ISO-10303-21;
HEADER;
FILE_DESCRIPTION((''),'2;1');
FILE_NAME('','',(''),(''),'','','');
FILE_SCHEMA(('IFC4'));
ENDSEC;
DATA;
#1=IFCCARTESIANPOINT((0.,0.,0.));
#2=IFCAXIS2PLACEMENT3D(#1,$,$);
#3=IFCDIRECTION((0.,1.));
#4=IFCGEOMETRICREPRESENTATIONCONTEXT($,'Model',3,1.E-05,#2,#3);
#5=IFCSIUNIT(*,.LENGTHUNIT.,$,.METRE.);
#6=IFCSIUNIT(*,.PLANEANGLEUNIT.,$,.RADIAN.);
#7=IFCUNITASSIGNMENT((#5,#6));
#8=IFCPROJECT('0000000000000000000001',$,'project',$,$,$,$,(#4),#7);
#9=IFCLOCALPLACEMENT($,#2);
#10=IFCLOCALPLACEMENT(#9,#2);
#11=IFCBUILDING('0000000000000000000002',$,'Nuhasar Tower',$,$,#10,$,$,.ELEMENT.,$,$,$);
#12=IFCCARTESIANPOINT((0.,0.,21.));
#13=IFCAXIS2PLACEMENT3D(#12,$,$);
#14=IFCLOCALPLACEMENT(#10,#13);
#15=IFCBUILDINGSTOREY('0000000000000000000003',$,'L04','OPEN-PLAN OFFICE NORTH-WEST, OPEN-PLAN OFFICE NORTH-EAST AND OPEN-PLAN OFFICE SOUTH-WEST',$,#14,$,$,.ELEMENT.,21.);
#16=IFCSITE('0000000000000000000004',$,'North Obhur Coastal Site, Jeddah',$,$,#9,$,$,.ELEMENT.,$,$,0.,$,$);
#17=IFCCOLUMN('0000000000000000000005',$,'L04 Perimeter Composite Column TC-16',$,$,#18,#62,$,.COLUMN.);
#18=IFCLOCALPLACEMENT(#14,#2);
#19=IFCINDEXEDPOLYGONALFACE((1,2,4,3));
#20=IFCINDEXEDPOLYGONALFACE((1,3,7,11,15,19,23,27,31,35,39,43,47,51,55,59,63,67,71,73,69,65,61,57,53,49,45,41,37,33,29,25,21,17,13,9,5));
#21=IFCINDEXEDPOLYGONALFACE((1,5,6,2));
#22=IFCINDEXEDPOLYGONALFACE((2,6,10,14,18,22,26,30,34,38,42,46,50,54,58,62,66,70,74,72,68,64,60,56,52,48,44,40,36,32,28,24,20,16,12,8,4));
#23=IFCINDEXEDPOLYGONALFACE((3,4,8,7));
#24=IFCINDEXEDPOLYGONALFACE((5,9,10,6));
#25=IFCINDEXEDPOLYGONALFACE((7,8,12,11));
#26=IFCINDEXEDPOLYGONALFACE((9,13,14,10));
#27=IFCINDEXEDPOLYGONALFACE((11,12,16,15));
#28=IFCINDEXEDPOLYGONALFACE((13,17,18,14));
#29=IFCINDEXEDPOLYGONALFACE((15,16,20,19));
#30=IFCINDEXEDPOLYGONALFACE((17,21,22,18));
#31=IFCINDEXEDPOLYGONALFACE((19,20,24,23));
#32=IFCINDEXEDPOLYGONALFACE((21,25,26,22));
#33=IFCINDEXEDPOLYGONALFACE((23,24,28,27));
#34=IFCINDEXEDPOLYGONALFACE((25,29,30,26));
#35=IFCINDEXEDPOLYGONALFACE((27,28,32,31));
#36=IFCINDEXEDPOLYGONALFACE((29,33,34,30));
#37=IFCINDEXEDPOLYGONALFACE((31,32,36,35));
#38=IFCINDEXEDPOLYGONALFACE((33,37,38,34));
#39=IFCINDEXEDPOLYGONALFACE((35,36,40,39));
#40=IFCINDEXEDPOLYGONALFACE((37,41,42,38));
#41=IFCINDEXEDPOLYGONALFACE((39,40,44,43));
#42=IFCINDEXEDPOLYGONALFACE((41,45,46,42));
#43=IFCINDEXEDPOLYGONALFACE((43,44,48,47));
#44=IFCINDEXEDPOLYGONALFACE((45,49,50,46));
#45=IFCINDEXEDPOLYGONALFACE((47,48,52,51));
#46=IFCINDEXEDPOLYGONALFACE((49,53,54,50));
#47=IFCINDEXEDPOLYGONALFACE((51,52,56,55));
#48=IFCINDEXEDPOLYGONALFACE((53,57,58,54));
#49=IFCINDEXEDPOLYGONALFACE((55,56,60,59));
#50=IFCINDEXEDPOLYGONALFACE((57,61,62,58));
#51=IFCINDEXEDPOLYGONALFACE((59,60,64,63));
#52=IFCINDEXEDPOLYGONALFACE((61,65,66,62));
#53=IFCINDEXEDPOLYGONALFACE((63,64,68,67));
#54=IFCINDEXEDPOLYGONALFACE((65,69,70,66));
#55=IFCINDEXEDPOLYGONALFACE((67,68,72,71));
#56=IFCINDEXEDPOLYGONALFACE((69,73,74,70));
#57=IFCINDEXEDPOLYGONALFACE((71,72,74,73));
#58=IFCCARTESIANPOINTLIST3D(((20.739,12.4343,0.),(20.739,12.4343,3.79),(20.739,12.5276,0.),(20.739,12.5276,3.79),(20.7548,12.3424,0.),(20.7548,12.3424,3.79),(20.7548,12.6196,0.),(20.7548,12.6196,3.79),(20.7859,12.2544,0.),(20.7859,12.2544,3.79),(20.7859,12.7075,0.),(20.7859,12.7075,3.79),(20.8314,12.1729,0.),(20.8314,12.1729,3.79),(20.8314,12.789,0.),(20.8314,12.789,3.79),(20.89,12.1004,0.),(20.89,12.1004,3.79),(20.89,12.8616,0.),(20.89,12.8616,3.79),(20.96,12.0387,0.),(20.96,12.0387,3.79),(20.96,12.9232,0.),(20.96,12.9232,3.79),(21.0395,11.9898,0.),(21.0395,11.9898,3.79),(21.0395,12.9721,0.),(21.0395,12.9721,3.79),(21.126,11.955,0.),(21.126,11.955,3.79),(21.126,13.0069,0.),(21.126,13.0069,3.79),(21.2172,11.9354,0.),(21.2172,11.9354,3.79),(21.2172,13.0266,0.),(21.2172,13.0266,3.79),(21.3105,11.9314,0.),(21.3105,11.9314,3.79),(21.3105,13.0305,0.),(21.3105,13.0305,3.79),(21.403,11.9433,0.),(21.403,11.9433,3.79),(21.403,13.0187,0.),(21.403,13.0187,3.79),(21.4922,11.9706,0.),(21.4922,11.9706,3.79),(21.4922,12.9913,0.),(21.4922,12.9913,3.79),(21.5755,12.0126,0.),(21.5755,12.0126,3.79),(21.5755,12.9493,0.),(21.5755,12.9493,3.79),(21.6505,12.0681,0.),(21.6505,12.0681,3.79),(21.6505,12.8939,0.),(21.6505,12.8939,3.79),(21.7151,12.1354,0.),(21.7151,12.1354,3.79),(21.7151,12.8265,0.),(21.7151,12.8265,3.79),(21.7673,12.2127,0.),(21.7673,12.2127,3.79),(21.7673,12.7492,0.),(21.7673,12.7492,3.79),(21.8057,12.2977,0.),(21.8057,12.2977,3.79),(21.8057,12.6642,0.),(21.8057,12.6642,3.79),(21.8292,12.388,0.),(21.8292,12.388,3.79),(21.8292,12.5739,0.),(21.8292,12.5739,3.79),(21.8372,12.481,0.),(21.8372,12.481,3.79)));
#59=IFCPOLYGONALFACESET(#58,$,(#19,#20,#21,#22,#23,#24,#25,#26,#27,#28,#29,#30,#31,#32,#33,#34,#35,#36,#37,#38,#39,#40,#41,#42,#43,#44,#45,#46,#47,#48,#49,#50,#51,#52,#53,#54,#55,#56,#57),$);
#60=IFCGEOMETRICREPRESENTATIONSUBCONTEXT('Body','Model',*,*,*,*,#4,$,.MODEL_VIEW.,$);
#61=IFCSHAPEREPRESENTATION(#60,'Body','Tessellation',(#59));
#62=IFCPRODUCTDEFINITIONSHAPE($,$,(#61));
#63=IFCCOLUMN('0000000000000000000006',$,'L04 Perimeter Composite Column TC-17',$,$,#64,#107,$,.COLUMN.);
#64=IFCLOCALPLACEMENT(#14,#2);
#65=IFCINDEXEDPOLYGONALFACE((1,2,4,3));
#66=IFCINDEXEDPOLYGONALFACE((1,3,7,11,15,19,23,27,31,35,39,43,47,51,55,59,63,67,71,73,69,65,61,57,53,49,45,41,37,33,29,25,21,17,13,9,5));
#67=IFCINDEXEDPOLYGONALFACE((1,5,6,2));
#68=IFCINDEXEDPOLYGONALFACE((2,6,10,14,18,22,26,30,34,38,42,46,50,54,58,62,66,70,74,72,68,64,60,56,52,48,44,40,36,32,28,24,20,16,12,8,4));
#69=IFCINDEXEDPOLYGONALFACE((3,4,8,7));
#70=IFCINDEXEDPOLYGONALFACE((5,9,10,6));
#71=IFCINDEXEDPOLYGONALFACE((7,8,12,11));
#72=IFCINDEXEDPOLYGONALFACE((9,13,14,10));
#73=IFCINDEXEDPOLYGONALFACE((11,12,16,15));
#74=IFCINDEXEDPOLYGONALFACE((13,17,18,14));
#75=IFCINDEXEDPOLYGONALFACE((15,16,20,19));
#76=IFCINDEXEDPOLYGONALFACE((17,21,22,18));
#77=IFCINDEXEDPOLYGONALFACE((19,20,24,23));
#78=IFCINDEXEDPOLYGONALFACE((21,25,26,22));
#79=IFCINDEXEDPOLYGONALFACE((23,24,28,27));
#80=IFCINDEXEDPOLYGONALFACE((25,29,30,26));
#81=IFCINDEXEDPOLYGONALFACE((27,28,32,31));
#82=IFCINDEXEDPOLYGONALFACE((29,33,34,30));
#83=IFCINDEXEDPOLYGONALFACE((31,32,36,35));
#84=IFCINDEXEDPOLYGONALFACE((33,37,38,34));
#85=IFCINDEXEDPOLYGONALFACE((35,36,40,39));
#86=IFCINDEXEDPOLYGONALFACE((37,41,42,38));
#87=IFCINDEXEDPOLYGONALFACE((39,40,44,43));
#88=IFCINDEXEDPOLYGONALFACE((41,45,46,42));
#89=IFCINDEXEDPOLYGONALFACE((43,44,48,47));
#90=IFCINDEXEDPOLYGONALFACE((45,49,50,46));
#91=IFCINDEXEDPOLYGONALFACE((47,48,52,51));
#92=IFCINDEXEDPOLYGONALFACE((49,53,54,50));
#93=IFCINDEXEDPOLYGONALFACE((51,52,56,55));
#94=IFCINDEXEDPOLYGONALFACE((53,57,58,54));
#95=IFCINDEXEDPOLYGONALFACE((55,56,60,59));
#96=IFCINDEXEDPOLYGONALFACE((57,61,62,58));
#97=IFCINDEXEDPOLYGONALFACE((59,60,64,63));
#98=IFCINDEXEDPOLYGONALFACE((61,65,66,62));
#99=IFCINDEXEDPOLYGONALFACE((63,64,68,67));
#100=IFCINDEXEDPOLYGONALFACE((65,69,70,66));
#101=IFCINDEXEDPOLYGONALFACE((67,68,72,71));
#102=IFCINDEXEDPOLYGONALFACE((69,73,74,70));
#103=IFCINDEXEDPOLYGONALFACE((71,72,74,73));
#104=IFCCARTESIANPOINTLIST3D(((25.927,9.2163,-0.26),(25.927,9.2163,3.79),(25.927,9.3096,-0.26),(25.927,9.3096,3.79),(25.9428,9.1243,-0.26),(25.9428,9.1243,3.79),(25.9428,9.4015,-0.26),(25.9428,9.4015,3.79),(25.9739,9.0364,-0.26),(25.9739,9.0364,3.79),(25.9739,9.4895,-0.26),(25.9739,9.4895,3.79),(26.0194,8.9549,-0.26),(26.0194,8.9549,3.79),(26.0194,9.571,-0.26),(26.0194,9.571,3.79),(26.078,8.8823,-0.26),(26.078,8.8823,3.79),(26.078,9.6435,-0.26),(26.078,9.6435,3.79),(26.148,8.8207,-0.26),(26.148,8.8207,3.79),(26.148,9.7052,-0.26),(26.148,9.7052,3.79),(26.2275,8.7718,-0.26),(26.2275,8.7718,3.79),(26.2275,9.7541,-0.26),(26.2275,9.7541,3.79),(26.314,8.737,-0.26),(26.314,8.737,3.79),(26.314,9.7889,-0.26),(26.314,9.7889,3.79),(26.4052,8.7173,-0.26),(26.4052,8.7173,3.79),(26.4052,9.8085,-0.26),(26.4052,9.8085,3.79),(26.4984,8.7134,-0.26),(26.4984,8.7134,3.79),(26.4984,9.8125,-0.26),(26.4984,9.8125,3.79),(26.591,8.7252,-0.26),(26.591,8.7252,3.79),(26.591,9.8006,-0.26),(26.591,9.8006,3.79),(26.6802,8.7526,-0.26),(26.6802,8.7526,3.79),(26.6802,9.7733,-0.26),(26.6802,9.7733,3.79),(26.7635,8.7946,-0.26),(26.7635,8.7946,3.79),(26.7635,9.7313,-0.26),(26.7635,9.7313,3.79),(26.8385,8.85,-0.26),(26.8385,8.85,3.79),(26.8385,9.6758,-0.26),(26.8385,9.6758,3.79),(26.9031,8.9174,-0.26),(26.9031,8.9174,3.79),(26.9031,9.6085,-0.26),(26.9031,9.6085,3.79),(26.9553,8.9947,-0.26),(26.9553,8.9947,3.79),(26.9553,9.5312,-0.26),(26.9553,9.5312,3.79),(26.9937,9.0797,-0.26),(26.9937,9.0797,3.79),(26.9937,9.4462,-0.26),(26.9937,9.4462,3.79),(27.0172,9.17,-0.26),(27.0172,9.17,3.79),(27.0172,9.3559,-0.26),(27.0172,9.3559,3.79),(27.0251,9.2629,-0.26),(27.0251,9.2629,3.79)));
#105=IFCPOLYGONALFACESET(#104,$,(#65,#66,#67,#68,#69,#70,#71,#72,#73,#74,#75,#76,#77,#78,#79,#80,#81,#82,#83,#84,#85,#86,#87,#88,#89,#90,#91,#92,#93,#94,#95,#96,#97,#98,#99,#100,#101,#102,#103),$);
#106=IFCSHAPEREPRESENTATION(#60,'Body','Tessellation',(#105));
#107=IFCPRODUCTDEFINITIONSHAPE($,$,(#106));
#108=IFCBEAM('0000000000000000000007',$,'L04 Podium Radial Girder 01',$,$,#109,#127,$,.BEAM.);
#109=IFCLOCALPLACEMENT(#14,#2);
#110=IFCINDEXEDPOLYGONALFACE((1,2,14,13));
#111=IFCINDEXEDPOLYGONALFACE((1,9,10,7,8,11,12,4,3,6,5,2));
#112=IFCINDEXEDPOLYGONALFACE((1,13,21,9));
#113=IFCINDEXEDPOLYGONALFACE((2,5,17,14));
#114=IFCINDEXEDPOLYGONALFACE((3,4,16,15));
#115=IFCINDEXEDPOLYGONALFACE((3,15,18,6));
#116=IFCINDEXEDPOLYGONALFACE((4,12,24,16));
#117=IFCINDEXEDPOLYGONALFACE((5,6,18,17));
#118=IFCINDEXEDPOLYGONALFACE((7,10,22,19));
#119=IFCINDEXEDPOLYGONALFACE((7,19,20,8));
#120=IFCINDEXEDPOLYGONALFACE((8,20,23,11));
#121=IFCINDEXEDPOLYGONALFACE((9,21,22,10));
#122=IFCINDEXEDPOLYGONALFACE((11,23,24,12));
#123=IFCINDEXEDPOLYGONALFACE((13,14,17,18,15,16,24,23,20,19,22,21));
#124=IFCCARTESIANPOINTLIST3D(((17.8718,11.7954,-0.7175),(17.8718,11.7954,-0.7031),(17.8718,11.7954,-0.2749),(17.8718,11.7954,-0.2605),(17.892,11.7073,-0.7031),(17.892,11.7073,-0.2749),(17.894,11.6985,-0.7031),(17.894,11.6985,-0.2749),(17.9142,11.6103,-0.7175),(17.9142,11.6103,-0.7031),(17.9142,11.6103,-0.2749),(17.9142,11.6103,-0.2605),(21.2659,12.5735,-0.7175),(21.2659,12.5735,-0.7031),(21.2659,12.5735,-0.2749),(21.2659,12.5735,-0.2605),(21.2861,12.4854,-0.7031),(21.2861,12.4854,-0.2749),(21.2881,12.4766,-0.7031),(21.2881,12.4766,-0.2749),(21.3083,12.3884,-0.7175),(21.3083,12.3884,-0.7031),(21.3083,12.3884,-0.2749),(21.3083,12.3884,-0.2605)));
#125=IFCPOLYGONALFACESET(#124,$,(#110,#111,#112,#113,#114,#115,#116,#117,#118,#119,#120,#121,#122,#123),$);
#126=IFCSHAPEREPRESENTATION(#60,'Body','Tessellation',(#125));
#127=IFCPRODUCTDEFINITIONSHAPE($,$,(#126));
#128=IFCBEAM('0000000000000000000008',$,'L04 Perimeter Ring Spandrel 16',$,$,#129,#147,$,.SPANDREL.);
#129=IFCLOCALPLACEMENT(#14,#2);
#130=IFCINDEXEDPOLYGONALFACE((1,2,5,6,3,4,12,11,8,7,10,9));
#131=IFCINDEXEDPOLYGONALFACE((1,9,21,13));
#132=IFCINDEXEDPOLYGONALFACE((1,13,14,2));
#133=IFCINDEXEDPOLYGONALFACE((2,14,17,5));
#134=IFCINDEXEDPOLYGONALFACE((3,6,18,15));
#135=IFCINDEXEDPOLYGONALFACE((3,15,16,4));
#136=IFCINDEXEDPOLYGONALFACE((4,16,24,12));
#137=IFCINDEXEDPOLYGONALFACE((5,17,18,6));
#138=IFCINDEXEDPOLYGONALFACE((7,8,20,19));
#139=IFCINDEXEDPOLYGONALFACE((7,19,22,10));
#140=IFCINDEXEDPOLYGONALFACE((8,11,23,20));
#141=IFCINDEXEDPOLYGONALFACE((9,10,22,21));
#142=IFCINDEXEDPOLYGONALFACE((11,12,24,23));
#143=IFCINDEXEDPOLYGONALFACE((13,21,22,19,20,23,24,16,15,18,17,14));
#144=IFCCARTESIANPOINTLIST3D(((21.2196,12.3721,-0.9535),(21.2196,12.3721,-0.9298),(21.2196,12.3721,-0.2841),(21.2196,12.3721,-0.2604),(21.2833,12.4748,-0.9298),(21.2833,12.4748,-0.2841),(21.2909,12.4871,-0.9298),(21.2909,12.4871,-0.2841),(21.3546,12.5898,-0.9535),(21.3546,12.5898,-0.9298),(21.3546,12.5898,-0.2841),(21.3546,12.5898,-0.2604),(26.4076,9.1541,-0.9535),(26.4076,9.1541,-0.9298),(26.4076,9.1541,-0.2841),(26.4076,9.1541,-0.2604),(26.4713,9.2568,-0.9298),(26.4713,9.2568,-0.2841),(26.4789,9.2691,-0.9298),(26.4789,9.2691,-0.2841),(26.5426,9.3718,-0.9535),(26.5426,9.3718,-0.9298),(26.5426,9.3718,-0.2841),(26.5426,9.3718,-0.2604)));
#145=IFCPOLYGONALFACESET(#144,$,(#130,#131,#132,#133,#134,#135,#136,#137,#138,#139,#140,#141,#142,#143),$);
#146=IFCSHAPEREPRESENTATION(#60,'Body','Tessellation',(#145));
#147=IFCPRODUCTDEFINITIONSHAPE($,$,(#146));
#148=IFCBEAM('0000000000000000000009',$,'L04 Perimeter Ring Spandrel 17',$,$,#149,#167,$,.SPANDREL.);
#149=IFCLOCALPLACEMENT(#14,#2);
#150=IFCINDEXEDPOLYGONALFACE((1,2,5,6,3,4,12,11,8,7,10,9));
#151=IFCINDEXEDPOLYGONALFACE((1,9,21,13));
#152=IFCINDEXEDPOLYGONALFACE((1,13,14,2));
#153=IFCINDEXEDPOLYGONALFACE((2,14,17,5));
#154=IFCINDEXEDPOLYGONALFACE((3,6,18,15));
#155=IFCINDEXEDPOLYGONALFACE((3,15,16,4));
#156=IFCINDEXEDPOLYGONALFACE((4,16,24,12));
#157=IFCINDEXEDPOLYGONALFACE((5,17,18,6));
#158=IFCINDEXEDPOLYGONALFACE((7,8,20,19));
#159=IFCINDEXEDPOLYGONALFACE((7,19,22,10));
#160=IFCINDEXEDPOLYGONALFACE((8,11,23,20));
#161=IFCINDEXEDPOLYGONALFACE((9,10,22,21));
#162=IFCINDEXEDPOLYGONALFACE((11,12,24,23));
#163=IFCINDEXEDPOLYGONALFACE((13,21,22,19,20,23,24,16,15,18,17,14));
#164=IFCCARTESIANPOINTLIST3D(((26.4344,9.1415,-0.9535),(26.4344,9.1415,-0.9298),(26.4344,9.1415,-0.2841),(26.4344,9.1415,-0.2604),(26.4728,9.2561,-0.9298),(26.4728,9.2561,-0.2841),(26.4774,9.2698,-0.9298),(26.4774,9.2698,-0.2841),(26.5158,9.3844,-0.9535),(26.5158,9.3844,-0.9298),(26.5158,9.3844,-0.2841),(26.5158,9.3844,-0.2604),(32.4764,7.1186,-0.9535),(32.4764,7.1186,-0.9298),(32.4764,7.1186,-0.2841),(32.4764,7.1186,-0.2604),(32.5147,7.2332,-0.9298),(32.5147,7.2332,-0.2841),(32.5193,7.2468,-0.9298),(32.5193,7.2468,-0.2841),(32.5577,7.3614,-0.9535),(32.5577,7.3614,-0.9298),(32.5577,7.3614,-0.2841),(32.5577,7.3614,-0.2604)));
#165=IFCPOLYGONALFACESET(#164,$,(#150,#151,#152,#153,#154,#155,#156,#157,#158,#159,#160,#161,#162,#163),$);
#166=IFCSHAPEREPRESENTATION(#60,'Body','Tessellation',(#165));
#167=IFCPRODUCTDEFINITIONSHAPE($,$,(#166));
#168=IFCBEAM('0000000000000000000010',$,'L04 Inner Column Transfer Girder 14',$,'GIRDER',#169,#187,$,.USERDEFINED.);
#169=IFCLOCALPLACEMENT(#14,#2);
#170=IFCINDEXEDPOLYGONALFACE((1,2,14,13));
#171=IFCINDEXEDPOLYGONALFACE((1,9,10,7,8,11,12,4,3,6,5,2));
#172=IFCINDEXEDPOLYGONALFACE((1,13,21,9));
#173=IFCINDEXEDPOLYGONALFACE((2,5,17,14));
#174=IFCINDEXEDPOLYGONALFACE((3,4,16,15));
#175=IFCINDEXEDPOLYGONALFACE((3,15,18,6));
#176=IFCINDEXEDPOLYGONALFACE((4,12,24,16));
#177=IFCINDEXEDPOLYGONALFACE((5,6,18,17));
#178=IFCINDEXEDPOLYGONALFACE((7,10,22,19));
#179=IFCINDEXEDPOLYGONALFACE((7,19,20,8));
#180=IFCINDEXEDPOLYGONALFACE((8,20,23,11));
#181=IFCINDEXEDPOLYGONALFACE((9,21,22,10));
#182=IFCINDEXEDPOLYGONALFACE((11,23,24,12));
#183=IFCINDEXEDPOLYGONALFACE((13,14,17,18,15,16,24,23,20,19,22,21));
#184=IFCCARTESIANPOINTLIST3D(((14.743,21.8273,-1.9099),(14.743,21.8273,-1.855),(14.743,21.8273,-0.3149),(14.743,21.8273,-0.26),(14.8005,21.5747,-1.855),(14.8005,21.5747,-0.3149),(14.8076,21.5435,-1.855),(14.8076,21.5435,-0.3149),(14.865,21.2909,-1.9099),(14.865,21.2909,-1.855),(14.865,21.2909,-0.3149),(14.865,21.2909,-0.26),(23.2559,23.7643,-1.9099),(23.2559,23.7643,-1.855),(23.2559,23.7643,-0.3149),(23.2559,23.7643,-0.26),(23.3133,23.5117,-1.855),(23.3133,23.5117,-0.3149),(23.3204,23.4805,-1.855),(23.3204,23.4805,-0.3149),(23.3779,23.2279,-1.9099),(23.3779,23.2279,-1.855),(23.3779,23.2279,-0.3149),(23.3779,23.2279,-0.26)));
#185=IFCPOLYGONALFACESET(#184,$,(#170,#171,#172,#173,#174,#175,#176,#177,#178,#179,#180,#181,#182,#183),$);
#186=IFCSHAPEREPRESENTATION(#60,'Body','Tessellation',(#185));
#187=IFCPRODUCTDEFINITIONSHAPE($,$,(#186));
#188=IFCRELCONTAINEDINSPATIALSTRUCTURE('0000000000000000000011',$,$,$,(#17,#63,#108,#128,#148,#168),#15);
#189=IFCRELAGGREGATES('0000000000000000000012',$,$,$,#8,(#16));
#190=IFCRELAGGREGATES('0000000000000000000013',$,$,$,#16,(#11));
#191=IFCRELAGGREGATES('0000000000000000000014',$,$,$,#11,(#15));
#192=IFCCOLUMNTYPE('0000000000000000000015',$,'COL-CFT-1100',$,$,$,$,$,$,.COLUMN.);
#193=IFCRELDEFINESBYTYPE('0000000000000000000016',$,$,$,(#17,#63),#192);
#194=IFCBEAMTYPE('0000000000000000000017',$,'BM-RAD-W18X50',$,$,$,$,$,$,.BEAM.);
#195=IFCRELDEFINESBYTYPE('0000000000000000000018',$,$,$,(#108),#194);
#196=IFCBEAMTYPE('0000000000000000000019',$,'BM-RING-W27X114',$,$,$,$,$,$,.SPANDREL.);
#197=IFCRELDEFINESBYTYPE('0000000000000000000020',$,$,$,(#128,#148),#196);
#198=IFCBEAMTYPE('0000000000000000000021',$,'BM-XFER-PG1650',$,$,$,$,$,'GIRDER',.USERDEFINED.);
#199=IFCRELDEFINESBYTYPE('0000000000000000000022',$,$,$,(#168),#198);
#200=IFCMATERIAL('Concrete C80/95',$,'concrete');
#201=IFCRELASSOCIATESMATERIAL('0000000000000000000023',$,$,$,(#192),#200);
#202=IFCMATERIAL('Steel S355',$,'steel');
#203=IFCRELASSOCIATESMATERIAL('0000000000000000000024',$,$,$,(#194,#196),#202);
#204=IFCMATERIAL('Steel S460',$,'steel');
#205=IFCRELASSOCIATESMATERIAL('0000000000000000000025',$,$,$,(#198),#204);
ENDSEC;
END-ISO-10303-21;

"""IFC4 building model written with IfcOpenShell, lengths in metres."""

from ifc_helpers import new_model, si_unit, direction, frame, origin, origin_2d, place, context, subcontext, project, spatial, circle, i_section, extrude, material, material_profile, profile_set, type_object, element, save


model = new_model("IFC4")

# Units and contexts
model_context = context("Model", 3, precision=1e-05, world=origin(), true_north=direction((0.0, 1.0)))
body_context = subcontext(model_context, "Body", "Model", "MODEL_VIEW")
ifc_project = project(units=[si_unit("LENGTHUNIT", "METRE"), si_unit("PLANEANGLEUNIT", "RADIAN")], contexts=[model_context])

# Site, building, storey
site_placement = place(None, origin())
site = spatial("IfcSite", under=ifc_project, at=site_placement, Name="North Obhur Coastal Site, Jeddah", CompositionType="ELEMENT", RefElevation=0.0)
building_placement = place(site_placement, origin())
building = spatial("IfcBuilding", under=site, at=building_placement, Name="Nuhasar Tower", CompositionType="ELEMENT")
storey_placement = place(building_placement, frame((0.0, 0.0, 21.0)))
storey = spatial("IfcBuildingStorey", under=building, at=storey_placement, Name="L04", Description="OPEN-PLAN OFFICE NORTH-WEST, OPEN-PLAN OFFICE NORTH-EAST AND OPEN-PLAN OFFICE SOUTH-WEST", CompositionType="ELEMENT", Elevation=21.0)

# Columns
ifc_material_1 = material(Name="Concrete C80/95", Category="concrete")
ifc_material_profile_1 = material_profile(ifc_material_1, circle(Radius=0.55, at=origin_2d()), Name="CFT1100")
ifc_profile_set_1 = profile_set([ifc_material_profile_1], Name="Concrete C80/95")
column_type = type_object("IfcColumnType", Name="COL-CFT-1100", PredefinedType="COLUMN", material=ifc_profile_set_1)
column_1_placement = place(storey_placement, frame((21.2871, 12.481, 0.0), z_axis=(0.0, 0.0, 1.0), x_axis=(1.0, 0.0, 0.0)))
element("IfcColumn", 1, at=column_1_placement, inside=storey, type_object=column_type, Name="L04 Perimeter Composite Column TC-16", PredefinedType="COLUMN", context=body_context, shape_type="SweptSolid", body=[
    extrude(circle(Radius=0.55, at=origin_2d()), origin(), (0.0, 0.0, 1.0), 3.79),
])
column_2_placement = place(storey_placement, frame((26.4751, 9.2629, -0.26), z_axis=(0.0, 0.0, 1.0), x_axis=(1.0, 0.0, 0.0)))
element("IfcColumn", 2, at=column_2_placement, inside=storey, type_object=column_type, Name="L04 Perimeter Composite Column TC-17", PredefinedType="COLUMN", context=body_context, shape_type="SweptSolid", body=[
    extrude(circle(Radius=0.55, at=origin_2d()), origin(), (0.0, 0.0, 1.0), 4.05),
])

# Beams
ifc_material_2 = material(Name="Steel S355", Category="steel")
ifc_material_profile_2 = material_profile(ifc_material_2, i_section(OverallWidth=0.1899, OverallDepth=0.457, WebThickness=0.009, FlangeThickness=0.0144, at=origin_2d()), Name="W18X50")
ifc_profile_set_2 = profile_set([ifc_material_profile_2], Name="Steel S355")
beam_type_1 = type_object("IfcBeamType", Name="BM-RAD-W18X50", PredefinedType="BEAM", material=ifc_profile_set_2)
beam_1_placement = place(storey_placement, frame((21.2871, 12.481, -0.489), z_axis=(-0.974715, -0.223451, 0.0), x_axis=(0.223451, -0.974715, 0.0)))
element("IfcBeam", 3, at=beam_1_placement, inside=storey, type_object=beam_type_1, Name="L04 Podium Radial Girder 01", PredefinedType="BEAM", context=body_context, shape_type="SweptSolid", body=[
    extrude(i_section(OverallWidth=0.1899, OverallDepth=0.457, WebThickness=0.009, FlangeThickness=0.0144, at=origin_2d()), origin(), (0.0, 0.0, 1.0), 3.4822),
])
ifc_material_profile_3 = material_profile(ifc_material_2, i_section(OverallWidth=0.2561, OverallDepth=0.6931, WebThickness=0.0144, FlangeThickness=0.0237, at=origin_2d()), Name="W27X114")
ifc_profile_set_3 = profile_set([ifc_material_profile_3], Name="Steel S355")
beam_type_2 = type_object("IfcBeamType", Name="BM-RING-W27X114", PredefinedType="SPANDREL", material=ifc_profile_set_3)
beam_2_placement = place(storey_placement, frame((21.2871, 12.481, -0.6069), z_axis=(0.849795, -0.527113, 0.0), x_axis=(0.527113, 0.849795, 0.0)))
element("IfcBeam", 4, at=beam_2_placement, inside=storey, type_object=beam_type_2, Name="L04 Perimeter Ring Spandrel 16", PredefinedType="SPANDREL", context=body_context, shape_type="SweptSolid", body=[
    extrude(i_section(OverallWidth=0.2561, OverallDepth=0.6931, WebThickness=0.0144, FlangeThickness=0.0237, at=origin_2d()), origin(), (0.0, 0.0, 1.0), 6.105),
])
beam_3_placement = place(storey_placement, frame((26.4751, 9.2629, -0.6069), z_axis=(0.948261, -0.317492, 0.0), x_axis=(0.317492, 0.948261, 0.0)))
element("IfcBeam", 5, at=beam_3_placement, inside=storey, type_object=beam_type_2, Name="L04 Perimeter Ring Spandrel 17", PredefinedType="SPANDREL", context=body_context, shape_type="SweptSolid", body=[
    extrude(i_section(OverallWidth=0.2561, OverallDepth=0.6931, WebThickness=0.0144, FlangeThickness=0.0237, at=origin_2d()), origin(), (0.0, 0.0, 1.0), 6.3716),
])
ifc_material_3 = material(Name="Steel S460", Category="steel")
ifc_material_profile_4 = material_profile(ifc_material_3, i_section(OverallWidth=0.55, OverallDepth=1.6499, WebThickness=0.032, FlangeThickness=0.0549, at=origin_2d()), Name="PG1650X550")
ifc_profile_set_4 = profile_set([ifc_material_profile_4], Name="Steel S460")
beam_type_3 = type_object("IfcBeamType", Name="BM-XFER-PG1650", ElementType="GIRDER", PredefinedType="USERDEFINED", material=ifc_profile_set_4)
beam_4_placement = place(storey_placement, frame((23.3169, 23.4961, -1.085), z_axis=(-0.975077, -0.221866, 0.0), x_axis=(0.221866, -0.975077, 0.0)))
element("IfcBeam", 6, at=beam_4_placement, inside=storey, type_object=beam_type_3, Name="L04 Inner Column Transfer Girder 14", ObjectType="GIRDER", PredefinedType="USERDEFINED", context=body_context, shape_type="SweptSolid", body=[
    extrude(i_section(OverallWidth=0.55, OverallDepth=1.6499, WebThickness=0.032, FlangeThickness=0.0549, at=origin_2d()), origin(), (0.0, 0.0, 1.0), 8.7305),
])

save(model, "model.ifc")
